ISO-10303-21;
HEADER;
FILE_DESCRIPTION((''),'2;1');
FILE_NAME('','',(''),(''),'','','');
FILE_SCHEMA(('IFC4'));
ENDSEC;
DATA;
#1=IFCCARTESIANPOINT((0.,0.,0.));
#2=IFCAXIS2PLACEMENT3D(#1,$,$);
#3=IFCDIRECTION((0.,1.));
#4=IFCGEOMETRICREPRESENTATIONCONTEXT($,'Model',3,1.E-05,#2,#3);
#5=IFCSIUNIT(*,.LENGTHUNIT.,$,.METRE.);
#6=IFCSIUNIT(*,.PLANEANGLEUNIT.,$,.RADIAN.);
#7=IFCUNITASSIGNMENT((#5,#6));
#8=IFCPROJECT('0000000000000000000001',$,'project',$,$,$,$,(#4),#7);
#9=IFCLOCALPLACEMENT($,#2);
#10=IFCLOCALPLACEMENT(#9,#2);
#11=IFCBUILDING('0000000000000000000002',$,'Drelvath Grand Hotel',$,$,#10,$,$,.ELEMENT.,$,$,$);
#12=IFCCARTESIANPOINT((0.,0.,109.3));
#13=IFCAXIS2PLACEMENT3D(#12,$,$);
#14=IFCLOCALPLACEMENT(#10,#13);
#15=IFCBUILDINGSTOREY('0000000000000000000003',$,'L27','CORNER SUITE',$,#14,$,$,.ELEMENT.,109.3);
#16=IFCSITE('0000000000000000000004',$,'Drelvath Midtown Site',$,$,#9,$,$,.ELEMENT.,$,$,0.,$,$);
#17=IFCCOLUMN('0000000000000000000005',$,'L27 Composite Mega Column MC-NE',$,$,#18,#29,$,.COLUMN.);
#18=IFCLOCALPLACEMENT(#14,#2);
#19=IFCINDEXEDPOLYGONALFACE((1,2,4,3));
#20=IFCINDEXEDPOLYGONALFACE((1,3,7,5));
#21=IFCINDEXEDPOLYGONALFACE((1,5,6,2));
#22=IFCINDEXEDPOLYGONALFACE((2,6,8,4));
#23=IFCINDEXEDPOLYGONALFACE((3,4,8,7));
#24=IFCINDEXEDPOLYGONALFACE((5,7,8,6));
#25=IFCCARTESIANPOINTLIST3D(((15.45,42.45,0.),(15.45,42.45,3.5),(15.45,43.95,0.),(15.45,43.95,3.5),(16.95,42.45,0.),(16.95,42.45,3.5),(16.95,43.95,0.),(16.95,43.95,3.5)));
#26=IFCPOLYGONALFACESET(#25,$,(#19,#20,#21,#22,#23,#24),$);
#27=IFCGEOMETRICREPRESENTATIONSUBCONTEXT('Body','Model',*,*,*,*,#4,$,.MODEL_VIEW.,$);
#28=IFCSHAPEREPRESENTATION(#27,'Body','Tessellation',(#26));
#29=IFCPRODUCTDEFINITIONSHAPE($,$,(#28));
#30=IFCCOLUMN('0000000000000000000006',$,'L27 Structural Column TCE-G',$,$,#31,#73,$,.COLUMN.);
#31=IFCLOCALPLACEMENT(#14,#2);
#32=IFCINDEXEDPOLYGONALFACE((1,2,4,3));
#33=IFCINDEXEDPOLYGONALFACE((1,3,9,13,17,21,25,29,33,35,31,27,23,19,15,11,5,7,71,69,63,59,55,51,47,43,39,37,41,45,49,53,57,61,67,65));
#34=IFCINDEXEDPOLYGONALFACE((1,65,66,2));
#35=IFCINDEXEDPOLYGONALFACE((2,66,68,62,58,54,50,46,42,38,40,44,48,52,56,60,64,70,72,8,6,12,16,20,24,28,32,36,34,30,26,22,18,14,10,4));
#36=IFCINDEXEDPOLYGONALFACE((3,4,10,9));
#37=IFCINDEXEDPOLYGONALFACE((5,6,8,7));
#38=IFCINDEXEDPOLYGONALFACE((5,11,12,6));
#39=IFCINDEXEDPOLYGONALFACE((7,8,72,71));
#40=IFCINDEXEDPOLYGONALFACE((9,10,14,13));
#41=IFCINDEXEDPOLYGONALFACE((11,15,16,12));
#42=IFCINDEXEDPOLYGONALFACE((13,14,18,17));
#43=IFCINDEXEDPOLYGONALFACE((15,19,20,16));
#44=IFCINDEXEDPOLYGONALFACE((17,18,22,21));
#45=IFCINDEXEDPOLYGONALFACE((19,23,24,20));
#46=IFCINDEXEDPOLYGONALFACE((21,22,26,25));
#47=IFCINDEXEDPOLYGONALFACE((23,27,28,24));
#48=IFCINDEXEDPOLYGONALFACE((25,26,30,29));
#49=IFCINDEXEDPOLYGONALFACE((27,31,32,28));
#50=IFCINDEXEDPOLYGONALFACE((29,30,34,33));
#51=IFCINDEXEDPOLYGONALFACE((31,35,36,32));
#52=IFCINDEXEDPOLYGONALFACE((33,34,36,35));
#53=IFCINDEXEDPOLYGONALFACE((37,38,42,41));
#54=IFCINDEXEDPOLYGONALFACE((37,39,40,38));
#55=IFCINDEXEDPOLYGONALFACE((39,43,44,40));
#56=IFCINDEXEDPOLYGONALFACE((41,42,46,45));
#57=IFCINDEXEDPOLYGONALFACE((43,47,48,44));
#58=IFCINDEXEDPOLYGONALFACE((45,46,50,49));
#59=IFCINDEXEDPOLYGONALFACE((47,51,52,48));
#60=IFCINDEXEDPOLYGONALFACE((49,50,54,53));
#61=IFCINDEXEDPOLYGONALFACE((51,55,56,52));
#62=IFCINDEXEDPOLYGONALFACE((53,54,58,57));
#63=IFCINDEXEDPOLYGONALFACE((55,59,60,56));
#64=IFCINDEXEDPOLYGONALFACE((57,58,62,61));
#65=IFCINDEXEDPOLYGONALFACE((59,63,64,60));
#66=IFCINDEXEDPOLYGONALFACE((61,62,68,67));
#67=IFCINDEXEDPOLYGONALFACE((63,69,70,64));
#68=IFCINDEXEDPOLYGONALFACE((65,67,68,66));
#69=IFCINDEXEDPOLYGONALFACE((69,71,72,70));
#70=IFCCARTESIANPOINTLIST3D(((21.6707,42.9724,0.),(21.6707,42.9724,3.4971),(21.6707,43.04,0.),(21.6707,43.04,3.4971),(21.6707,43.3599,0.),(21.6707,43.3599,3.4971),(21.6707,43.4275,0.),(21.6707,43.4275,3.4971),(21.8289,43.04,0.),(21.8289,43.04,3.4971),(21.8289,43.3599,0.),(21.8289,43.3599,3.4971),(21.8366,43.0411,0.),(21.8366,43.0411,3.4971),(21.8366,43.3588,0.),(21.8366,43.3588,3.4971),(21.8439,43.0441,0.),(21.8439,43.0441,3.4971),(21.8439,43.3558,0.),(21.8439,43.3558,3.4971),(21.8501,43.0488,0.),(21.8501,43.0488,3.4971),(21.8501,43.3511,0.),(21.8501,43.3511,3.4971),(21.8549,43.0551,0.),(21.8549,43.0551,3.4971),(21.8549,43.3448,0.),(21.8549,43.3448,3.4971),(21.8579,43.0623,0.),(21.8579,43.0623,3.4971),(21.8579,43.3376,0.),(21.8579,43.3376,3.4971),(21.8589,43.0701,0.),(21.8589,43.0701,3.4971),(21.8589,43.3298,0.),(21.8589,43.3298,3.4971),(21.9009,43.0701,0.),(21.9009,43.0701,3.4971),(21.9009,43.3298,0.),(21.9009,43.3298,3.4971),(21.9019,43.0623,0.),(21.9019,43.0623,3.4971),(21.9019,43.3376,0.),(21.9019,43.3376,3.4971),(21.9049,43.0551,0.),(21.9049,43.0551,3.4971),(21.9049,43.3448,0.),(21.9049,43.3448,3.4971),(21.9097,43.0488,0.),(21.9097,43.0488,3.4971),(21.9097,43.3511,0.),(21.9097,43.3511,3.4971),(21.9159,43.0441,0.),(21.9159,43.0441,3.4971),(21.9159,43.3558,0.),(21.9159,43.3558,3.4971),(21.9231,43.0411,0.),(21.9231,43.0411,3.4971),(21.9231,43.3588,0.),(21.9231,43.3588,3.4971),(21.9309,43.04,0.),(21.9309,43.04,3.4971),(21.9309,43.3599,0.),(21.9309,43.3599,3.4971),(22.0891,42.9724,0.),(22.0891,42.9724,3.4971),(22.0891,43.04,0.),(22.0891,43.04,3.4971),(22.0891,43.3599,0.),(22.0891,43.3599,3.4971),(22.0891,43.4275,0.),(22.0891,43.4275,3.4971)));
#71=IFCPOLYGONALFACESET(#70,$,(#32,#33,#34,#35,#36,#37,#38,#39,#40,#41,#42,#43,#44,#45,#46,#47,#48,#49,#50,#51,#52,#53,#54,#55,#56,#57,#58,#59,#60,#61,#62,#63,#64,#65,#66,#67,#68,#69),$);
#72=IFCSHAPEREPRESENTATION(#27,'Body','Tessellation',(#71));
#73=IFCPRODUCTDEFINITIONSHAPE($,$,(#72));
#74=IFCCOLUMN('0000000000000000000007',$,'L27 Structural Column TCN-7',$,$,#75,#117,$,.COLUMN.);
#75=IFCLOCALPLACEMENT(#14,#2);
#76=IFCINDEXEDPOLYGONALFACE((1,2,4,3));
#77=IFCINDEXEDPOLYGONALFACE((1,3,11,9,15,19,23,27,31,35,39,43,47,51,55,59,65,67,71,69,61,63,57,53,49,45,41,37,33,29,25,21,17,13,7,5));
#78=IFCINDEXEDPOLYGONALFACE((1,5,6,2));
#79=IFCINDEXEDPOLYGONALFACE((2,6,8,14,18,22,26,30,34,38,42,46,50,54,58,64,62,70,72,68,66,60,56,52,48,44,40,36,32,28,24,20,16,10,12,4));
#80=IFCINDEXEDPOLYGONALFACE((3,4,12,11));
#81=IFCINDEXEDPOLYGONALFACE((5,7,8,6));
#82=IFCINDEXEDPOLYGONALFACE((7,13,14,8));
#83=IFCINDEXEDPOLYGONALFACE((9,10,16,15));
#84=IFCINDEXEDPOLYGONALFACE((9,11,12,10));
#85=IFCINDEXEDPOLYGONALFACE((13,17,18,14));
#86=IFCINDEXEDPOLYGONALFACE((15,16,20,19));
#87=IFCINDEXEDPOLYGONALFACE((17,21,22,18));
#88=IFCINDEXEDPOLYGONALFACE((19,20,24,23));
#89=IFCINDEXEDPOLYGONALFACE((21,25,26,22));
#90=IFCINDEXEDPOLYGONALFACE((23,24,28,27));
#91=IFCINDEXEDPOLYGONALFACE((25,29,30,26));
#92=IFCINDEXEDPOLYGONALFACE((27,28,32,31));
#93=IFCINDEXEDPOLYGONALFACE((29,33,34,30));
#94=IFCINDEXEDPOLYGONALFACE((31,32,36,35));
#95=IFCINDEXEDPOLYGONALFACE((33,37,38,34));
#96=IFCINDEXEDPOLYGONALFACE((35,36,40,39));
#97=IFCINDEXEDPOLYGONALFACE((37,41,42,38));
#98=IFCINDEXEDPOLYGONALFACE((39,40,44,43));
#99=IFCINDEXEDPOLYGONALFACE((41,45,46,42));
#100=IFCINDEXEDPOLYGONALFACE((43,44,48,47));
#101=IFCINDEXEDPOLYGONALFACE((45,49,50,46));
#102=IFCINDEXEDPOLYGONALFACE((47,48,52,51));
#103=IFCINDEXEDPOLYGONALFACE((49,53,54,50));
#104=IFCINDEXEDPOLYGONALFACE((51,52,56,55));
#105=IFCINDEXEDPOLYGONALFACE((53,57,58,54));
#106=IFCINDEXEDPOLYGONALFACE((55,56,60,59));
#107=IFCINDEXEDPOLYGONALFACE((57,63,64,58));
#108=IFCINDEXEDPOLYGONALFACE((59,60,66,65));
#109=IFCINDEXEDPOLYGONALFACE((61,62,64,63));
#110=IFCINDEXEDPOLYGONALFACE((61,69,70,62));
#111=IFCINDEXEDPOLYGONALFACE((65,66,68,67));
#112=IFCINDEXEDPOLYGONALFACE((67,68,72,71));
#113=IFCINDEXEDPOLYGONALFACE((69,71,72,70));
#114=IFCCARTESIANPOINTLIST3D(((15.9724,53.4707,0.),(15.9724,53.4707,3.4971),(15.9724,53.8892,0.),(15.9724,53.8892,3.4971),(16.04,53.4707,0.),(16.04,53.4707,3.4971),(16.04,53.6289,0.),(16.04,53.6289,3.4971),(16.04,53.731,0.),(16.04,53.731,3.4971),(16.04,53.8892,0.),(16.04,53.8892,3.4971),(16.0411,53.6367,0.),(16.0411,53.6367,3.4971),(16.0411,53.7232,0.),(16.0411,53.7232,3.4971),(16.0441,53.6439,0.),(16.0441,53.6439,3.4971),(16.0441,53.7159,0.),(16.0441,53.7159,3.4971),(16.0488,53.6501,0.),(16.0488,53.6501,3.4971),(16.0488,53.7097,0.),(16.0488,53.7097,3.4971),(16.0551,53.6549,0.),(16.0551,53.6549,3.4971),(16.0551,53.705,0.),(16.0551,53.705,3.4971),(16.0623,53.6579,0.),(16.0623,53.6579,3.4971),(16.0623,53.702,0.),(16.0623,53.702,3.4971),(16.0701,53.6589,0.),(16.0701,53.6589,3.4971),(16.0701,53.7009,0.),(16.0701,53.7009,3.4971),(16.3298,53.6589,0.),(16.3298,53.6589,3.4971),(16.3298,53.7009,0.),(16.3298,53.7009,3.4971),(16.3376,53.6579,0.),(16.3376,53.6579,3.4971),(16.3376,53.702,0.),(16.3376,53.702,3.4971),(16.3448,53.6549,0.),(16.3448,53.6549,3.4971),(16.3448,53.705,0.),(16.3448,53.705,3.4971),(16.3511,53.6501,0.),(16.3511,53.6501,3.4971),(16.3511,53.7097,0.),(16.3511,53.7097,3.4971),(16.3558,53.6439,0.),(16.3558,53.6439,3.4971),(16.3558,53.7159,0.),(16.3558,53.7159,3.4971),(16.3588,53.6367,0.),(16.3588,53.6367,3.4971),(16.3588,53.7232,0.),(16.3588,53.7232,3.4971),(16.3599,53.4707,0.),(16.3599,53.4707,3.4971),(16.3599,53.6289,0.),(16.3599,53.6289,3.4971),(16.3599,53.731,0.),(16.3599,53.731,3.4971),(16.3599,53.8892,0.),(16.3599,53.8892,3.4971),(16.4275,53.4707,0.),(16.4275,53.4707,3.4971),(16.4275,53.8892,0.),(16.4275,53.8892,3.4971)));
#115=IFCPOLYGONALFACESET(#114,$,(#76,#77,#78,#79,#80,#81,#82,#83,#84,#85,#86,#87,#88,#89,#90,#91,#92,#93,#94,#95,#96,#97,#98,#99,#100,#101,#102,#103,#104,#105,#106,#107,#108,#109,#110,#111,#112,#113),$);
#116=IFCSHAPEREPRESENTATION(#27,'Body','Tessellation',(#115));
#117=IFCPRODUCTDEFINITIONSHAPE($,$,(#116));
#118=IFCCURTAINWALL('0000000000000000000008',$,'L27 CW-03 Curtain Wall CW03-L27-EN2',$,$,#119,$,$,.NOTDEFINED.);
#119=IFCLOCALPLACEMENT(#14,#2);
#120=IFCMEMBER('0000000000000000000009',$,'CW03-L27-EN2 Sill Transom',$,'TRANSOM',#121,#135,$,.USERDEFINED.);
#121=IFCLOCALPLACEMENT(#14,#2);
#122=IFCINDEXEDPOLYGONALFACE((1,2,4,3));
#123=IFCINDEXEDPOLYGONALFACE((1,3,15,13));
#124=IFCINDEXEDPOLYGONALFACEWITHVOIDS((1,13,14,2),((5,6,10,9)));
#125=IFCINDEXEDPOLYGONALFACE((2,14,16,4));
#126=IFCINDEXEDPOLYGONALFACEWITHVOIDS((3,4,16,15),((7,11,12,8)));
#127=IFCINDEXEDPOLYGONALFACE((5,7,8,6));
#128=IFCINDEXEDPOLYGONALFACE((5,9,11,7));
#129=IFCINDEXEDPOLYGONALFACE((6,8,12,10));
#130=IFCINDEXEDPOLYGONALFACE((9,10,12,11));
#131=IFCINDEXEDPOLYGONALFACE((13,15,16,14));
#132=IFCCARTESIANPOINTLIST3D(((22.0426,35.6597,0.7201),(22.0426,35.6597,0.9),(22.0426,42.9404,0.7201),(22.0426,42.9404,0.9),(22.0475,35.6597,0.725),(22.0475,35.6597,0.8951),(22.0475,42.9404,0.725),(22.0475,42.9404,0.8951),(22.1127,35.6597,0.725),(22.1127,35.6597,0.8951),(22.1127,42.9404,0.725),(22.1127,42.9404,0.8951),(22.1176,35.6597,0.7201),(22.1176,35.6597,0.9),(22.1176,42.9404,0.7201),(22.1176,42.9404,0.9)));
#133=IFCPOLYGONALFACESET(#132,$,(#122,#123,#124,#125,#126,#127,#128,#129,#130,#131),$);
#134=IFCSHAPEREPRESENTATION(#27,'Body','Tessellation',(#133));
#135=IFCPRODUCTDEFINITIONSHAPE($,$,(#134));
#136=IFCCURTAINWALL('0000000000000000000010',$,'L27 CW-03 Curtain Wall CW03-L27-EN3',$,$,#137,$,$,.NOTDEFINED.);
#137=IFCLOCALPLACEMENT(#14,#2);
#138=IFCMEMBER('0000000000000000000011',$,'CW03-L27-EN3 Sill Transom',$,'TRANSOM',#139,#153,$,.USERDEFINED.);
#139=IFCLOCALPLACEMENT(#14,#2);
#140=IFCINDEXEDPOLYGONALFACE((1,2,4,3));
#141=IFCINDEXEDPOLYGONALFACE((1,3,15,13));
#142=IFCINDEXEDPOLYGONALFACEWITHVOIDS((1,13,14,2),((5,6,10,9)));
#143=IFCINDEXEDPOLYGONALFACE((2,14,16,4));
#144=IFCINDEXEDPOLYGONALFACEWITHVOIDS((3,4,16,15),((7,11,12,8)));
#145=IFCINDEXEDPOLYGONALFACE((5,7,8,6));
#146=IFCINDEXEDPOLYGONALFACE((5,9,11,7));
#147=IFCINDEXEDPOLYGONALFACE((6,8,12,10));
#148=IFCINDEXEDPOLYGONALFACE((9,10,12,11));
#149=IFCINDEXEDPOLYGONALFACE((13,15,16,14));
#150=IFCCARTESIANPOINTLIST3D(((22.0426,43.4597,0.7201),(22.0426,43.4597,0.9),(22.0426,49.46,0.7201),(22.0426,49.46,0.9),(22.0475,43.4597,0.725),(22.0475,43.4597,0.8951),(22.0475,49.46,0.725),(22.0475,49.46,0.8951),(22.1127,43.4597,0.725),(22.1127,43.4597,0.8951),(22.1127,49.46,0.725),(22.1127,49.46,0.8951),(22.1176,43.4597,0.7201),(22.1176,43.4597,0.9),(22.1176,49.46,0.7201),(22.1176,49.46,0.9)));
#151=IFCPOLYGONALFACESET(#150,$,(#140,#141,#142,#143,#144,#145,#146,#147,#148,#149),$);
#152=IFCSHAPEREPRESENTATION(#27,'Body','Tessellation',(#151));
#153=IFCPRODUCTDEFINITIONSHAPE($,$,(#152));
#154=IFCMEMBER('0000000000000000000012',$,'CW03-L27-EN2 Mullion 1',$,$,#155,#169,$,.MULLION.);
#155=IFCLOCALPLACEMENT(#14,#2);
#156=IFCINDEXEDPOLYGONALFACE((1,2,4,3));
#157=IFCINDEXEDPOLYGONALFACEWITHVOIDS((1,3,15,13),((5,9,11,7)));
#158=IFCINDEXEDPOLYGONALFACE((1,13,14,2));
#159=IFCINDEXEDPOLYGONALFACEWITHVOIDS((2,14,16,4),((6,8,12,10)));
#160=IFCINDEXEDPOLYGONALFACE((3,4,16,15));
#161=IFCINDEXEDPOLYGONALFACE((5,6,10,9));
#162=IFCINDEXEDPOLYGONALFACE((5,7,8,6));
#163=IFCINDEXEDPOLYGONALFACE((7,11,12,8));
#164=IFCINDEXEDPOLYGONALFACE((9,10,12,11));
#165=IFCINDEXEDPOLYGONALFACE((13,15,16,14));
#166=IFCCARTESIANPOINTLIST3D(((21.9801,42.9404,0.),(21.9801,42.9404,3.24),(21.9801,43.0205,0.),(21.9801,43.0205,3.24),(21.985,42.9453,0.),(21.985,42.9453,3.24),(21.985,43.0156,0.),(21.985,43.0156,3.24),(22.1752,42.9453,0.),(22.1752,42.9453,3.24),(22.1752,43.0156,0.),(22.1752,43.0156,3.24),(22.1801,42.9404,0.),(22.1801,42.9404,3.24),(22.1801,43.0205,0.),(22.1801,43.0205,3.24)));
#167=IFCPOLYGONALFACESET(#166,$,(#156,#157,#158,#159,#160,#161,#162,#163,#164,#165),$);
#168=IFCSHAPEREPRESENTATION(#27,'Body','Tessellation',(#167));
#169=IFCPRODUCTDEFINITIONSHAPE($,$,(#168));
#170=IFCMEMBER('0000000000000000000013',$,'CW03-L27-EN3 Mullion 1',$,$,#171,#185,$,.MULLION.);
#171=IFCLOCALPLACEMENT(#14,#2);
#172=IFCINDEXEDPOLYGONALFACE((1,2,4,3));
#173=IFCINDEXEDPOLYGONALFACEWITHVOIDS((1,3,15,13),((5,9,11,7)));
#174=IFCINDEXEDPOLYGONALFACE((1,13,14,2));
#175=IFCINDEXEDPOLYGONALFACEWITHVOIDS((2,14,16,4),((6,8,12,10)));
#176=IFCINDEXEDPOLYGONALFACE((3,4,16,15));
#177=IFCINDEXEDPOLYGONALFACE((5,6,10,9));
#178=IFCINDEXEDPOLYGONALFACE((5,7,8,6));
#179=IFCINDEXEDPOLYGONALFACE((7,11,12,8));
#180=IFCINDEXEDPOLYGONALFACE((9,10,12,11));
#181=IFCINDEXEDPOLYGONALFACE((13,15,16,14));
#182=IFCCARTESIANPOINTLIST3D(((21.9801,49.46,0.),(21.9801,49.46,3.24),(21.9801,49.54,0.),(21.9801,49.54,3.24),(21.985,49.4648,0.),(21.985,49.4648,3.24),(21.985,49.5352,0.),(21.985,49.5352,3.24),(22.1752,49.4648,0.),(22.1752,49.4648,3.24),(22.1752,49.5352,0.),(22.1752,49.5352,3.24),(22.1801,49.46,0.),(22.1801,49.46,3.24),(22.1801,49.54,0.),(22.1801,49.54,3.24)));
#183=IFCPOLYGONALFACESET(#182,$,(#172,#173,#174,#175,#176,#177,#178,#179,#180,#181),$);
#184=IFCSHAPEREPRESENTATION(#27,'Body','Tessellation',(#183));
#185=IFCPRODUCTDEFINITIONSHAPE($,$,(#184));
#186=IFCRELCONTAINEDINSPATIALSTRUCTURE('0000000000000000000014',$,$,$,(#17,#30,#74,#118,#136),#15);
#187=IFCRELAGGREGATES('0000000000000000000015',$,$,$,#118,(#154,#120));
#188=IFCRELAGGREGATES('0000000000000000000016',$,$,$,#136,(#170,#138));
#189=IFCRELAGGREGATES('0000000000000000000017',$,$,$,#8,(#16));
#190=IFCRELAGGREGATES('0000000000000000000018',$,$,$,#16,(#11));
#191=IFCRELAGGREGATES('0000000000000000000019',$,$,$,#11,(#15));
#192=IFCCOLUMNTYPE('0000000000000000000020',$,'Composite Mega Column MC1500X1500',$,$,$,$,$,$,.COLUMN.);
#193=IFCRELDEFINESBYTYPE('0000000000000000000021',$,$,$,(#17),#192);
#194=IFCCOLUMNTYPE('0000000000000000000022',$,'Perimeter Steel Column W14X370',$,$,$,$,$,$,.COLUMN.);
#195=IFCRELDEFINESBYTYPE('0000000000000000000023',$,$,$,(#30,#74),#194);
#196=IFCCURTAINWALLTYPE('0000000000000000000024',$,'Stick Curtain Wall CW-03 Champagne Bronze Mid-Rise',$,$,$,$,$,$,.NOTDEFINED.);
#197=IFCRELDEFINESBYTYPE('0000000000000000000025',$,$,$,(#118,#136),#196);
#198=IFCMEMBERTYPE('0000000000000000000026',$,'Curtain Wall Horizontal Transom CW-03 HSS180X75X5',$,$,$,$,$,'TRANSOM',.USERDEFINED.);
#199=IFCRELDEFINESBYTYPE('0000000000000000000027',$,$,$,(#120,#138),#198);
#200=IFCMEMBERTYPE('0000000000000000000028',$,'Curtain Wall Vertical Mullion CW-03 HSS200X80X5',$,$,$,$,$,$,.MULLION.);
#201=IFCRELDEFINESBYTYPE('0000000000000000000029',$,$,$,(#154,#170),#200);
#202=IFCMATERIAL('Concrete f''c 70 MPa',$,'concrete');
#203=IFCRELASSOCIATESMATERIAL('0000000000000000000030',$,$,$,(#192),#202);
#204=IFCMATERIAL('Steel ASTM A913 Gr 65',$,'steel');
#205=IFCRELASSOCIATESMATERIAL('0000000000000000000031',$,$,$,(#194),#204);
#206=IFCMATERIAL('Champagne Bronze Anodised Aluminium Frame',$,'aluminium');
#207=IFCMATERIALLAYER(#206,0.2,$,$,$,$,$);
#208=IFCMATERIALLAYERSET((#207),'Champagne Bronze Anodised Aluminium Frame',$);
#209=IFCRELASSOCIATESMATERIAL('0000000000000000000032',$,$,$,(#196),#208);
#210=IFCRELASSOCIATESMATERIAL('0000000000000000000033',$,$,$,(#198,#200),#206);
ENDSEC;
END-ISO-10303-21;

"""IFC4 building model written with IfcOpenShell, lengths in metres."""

from ifc_helpers import new_model, si_unit, direction, frame, origin, origin_2d, place, context, subcontext, project, spatial, rectangle, hollow_rectangle, i_section, extrude, material, layer, layer_set, material_profile, profile_set, type_object, element, aggregate, save


model = new_model("IFC4")

# Units and contexts
model_context = context("Model", 3, precision=1e-05, world=origin(), true_north=direction((0.0, 1.0)))
body_context = subcontext(model_context, "Body", "Model", "MODEL_VIEW")
ifc_project = project(units=[si_unit("LENGTHUNIT", "METRE"), si_unit("PLANEANGLEUNIT", "RADIAN")], contexts=[model_context])

# Site, building, storey
site_placement = place(None, origin())
site = spatial("IfcSite", under=ifc_project, at=site_placement, Name="Drelvath Midtown Site", CompositionType="ELEMENT", RefElevation=0.0)
building_placement = place(site_placement, origin())
building = spatial("IfcBuilding", under=site, at=building_placement, Name="Drelvath Grand Hotel", CompositionType="ELEMENT")
storey_placement = place(building_placement, frame((0.0, 0.0, 109.3)))
storey = spatial("IfcBuildingStorey", under=building, at=storey_placement, Name="L27", Description="CORNER SUITE", CompositionType="ELEMENT", Elevation=109.3)

# Columns
ifc_material_1 = material(Name="Concrete f'c 70 MPa", Category="concrete")
ifc_material_profile_1 = material_profile(ifc_material_1, rectangle(XDim=1.5, YDim=1.5, at=origin_2d()), Name="MC1500X1500")
ifc_profile_set_1 = profile_set([ifc_material_profile_1], Name="Concrete f'c 70 MPa")
column_type_1 = type_object("IfcColumnType", Name="Composite Mega Column MC1500X1500", PredefinedType="COLUMN", material=ifc_profile_set_1)
column_placement = place(storey_placement, frame((16.2, 43.2, 0.0), z_axis=(0.0, 0.0, 1.0), x_axis=(1.0, 0.0, 0.0)))
element("IfcColumn", 1, at=column_placement, inside=storey, type_object=column_type_1, Name="L27 Composite Mega Column MC-NE", PredefinedType="COLUMN", context=body_context, shape_type="SweptSolid", body=[
    extrude(rectangle(XDim=1.5, YDim=1.5, at=origin_2d()), origin(), (0.0, 0.0, 1.0), 3.5),
])
ifc_material_2 = material(Name="Steel ASTM A913 Gr 65", Category="steel")
ifc_material_profile_2 = material_profile(ifc_material_2, i_section(OverallWidth=0.4185, OverallDepth=0.4551, WebThickness=0.042, FlangeThickness=0.0676, FilletRadius=0.03, at=origin_2d()), Name="W14X370")
ifc_profile_set_2 = profile_set([ifc_material_profile_2], Name="Steel ASTM A913 Gr 65")
column_type_2 = type_object("IfcColumnType", Name="Perimeter Steel Column W14X370", PredefinedType="COLUMN", material=ifc_profile_set_2)
for number, where, z_axis, x_axis, name in (
    (2, (21.8799, 43.2, 0.0), (0.0, 0.0, 1.0), (1.0, 0.0, 0.0), "L27 Structural Column TCE-G"),
    (3, (16.2, 53.6799, 0.0), (0.0, 0.0, 1.0), (0.0, 1.0, 0.0), "L27 Structural Column TCN-7"),
):
    element("IfcColumn", number, at=place(storey_placement, frame(where, z_axis=z_axis, x_axis=x_axis)), inside=storey, type_object=column_type_2, Name=name, PredefinedType="COLUMN", context=body_context, shape_type="SweptSolid", body=[
        extrude(i_section(OverallWidth=0.4185, OverallDepth=0.4551, WebThickness=0.042, FlangeThickness=0.0676, FilletRadius=0.03, at=origin_2d()), origin(), (0.0, 0.0, 1.0), 3.4971),
    ])

# Curtain walls, members
ifc_material_3 = material(Name="Champagne Bronze Anodised Aluminium Frame", Category="aluminium")
ifc_layer_1 = layer(ifc_material_3, 0.2)
ifc_layer_set_1 = layer_set([ifc_layer_1], Name="Champagne Bronze Anodised Aluminium Frame")
curtain_wall_type = type_object("IfcCurtainWallType", Name="Stick Curtain Wall CW-03 Champagne Bronze Mid-Rise", PredefinedType="NOTDEFINED", material=ifc_layer_set_1)
curtain_wall_1_placement = place(storey_placement, origin())
curtain_wall_1 = element("IfcCurtainWall", 4, at=curtain_wall_1_placement, inside=storey, type_object=curtain_wall_type, Name="L27 CW-03 Curtain Wall CW03-L27-EN2", PredefinedType="NOTDEFINED")
ifc_material_profile_3 = material_profile(ifc_material_3, hollow_rectangle(XDim=0.075, YDim=0.1799, WallThickness=0.0049, at=origin_2d()), Name="HSS180X75X5")
ifc_profile_set_3 = profile_set([ifc_material_profile_3], Name="Champagne Bronze Anodised Aluminium Frame")
member_type_1 = type_object("IfcMemberType", Name="Curtain Wall Horizontal Transom CW-03 HSS180X75X5", ElementType="TRANSOM", PredefinedType="USERDEFINED", material=ifc_profile_set_3)
member_1_placement = place(storey_placement, frame((22.0801, 42.9404, 0.8101), z_axis=(0.0, -1.0, 0.0), x_axis=(1.0, 0.0, 0.0)))
member_1 = element("IfcMember", 5, at=member_1_placement, type_object=member_type_1, Name="CW03-L27-EN2 Sill Transom", ObjectType="TRANSOM", PredefinedType="USERDEFINED", context=body_context, shape_type="SweptSolid", body=[
    extrude(hollow_rectangle(XDim=0.075, YDim=0.1799, WallThickness=0.0049, at=origin_2d()), origin(), (0.0, 0.0, 1.0), 7.2808),
])
curtain_wall_2_placement = place(storey_placement, origin())
curtain_wall_2 = element("IfcCurtainWall", 6, at=curtain_wall_2_placement, inside=storey, type_object=curtain_wall_type, Name="L27 CW-03 Curtain Wall CW03-L27-EN3", PredefinedType="NOTDEFINED")
member_2_placement = place(storey_placement, frame((22.0801, 49.46, 0.8101), z_axis=(0.0, -1.0, 0.0), x_axis=(1.0, 0.0, 0.0)))
member_2 = element("IfcMember", 7, at=member_2_placement, type_object=member_type_1, Name="CW03-L27-EN3 Sill Transom", ObjectType="TRANSOM", PredefinedType="USERDEFINED", context=body_context, shape_type="SweptSolid", body=[
    extrude(hollow_rectangle(XDim=0.075, YDim=0.1799, WallThickness=0.0049, at=origin_2d()), origin(), (0.0, 0.0, 1.0), 6.0002),
])

# Members
ifc_material_profile_4 = material_profile(ifc_material_3, hollow_rectangle(XDim=0.0801, YDim=0.2, WallThickness=0.0049, at=origin_2d()), Name="HSS200X80X5")
ifc_profile_set_4 = profile_set([ifc_material_profile_4], Name="Champagne Bronze Anodised Aluminium Frame")
member_type_2 = type_object("IfcMemberType", Name="Curtain Wall Vertical Mullion CW-03 HSS200X80X5", PredefinedType="MULLION", material=ifc_profile_set_4)
member_3_placement = place(storey_placement, frame((22.0801, 42.9805, 0.0), z_axis=(0.0, 0.0, 1.0), x_axis=(0.0, 1.0, 0.0)))
member_3 = element("IfcMember", 8, at=member_3_placement, type_object=member_type_2, Name="CW03-L27-EN2 Mullion 1", PredefinedType="MULLION", context=body_context, shape_type="SweptSolid", body=[
    extrude(hollow_rectangle(XDim=0.0801, YDim=0.2, WallThickness=0.0049, at=origin_2d()), origin(), (0.0, 0.0, 1.0), 3.24),
])
aggregate(curtain_wall_1, [member_3, member_1])
member_4_placement = place(storey_placement, frame((22.0801, 49.5, 0.0), z_axis=(0.0, 0.0, 1.0), x_axis=(0.0, 1.0, 0.0)))
member_4 = element("IfcMember", 9, at=member_4_placement, type_object=member_type_2, Name="CW03-L27-EN3 Mullion 1", PredefinedType="MULLION", context=body_context, shape_type="SweptSolid", body=[
    extrude(hollow_rectangle(XDim=0.0801, YDim=0.2, WallThickness=0.0049, at=origin_2d()), origin(), (0.0, 0.0, 1.0), 3.24),
])

aggregate(curtain_wall_2, [member_4, member_2])

save(model, "model.ifc")
